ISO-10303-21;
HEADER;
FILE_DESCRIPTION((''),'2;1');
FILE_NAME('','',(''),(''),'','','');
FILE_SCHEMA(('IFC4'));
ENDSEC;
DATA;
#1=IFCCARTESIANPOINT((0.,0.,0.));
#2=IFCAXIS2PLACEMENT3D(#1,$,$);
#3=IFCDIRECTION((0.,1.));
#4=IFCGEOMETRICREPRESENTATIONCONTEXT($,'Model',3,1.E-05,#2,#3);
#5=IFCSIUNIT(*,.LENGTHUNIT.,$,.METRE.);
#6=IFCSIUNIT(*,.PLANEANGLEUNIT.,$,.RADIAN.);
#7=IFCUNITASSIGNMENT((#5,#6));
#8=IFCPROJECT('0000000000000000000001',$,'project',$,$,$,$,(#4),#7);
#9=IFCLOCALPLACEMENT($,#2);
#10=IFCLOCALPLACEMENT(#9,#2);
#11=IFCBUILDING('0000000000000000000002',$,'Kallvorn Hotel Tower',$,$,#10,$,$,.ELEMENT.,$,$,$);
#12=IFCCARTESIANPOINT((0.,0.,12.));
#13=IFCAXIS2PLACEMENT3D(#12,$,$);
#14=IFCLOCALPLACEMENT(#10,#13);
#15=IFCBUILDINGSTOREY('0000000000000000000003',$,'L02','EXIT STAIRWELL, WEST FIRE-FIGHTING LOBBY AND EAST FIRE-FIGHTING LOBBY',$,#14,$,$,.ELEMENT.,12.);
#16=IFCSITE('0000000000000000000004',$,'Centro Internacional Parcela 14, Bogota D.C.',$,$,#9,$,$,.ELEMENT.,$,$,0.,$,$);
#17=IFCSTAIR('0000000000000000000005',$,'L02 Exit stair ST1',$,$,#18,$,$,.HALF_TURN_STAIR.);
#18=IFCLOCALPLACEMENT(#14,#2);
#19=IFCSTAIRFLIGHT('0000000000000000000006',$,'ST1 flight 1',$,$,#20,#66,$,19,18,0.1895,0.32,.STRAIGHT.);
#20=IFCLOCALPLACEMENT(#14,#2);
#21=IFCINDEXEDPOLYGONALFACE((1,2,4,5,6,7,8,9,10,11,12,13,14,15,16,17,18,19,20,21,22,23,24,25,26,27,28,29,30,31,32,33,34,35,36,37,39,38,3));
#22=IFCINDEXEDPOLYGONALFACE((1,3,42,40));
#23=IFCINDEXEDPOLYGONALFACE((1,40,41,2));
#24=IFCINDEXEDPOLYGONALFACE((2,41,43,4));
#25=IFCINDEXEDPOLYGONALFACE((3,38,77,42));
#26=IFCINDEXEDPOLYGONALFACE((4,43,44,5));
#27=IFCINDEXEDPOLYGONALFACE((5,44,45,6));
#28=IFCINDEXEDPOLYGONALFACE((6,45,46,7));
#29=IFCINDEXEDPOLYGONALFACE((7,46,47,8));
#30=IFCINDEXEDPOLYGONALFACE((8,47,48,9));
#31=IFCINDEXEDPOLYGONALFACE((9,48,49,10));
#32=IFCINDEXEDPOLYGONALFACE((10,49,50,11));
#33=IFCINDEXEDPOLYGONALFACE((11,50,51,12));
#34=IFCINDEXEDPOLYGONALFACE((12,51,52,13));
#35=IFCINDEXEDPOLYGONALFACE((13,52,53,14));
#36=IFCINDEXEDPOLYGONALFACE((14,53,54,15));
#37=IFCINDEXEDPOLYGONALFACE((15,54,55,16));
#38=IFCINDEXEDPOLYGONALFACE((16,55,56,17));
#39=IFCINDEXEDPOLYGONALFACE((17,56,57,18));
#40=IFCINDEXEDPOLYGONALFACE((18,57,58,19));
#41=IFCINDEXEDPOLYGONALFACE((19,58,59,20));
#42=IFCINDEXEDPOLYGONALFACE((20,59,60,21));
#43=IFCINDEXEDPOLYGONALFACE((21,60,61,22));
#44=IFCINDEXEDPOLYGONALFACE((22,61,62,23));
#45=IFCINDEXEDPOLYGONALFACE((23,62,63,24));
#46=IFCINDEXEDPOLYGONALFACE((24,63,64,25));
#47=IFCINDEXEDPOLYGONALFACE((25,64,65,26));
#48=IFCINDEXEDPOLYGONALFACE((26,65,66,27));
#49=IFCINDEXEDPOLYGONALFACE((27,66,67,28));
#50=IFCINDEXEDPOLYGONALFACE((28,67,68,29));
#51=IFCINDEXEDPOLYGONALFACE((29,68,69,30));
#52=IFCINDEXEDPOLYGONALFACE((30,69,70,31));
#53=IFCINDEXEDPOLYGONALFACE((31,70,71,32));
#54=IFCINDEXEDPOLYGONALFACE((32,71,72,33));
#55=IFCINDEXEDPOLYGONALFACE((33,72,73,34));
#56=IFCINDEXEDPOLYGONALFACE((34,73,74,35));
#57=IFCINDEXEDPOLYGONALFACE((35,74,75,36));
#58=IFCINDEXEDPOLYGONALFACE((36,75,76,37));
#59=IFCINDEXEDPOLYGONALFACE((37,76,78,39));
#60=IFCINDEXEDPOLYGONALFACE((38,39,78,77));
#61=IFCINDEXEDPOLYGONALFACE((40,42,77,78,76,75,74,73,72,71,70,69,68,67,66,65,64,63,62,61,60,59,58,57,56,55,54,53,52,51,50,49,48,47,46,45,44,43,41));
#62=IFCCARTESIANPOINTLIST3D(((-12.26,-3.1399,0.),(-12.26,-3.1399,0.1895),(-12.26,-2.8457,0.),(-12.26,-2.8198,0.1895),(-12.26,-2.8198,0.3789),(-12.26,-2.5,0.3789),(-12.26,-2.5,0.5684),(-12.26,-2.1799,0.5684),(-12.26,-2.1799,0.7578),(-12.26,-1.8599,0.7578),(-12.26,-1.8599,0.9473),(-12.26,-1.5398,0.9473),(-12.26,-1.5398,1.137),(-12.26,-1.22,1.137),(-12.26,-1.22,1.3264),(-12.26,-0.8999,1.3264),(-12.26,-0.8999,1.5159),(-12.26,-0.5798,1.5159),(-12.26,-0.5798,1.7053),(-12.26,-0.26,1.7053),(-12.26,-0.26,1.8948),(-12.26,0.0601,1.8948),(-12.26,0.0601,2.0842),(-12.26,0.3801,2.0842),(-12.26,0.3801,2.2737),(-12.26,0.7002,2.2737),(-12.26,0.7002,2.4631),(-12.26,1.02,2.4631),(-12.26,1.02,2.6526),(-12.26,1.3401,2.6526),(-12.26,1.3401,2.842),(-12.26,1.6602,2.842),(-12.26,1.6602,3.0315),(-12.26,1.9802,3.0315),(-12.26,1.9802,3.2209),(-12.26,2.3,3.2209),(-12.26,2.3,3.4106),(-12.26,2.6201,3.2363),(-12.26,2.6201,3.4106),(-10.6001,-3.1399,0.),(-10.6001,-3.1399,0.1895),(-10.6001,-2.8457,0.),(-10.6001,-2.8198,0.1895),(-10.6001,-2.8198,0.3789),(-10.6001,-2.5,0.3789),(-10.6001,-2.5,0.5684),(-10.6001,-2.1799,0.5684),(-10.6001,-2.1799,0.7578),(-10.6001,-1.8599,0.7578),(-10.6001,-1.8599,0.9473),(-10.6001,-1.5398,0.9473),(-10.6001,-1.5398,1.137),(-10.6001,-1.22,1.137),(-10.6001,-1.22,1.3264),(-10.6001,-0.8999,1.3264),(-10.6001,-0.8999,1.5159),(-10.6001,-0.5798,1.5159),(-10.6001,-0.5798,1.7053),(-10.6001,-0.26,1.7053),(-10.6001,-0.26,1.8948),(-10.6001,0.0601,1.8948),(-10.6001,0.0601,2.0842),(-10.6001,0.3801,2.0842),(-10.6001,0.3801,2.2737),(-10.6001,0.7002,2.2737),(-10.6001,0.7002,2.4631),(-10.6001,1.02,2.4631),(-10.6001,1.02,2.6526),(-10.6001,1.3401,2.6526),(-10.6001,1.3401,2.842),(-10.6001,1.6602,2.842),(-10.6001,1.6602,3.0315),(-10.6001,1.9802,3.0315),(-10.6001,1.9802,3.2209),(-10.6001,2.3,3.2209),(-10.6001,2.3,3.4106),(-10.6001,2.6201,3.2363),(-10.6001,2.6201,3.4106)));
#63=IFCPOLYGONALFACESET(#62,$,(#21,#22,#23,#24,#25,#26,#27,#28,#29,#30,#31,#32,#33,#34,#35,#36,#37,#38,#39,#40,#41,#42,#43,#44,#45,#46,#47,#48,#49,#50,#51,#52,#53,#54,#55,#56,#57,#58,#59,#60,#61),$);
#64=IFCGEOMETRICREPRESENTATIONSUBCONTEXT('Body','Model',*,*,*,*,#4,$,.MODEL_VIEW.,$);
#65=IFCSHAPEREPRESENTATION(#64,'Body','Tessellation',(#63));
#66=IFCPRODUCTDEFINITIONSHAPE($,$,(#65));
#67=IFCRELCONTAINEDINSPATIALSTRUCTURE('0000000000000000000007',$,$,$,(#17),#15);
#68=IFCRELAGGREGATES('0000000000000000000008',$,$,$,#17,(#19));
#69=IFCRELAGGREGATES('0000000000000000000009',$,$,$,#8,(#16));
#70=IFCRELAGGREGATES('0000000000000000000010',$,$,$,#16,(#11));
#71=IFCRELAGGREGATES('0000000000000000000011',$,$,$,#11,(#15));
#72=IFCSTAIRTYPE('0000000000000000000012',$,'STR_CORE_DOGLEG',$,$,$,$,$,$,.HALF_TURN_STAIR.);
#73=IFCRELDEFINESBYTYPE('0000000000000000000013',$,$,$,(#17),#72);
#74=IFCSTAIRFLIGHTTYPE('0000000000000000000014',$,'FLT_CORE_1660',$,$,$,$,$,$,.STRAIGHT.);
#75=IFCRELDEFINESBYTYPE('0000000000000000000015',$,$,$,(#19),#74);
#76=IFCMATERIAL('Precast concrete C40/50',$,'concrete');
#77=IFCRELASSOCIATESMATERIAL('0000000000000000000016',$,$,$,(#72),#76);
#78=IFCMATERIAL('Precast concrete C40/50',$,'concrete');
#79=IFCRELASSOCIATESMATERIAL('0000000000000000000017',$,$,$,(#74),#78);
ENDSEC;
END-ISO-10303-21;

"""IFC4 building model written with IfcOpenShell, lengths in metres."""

from ifc_helpers import new_model, si_unit, direction, frame, origin, place, context, subcontext, project, spatial, polyline, outline, extrude, material, type_object, element, aggregate, save


model = new_model("IFC4")

# Units and contexts
model_context = context("Model", 3, precision=1e-05, world=origin(), true_north=direction((0.0, 1.0)))
body_context = subcontext(model_context, "Body", "Model", "MODEL_VIEW")
ifc_project = project(units=[si_unit("LENGTHUNIT", "METRE"), si_unit("PLANEANGLEUNIT", "RADIAN")], contexts=[model_context])

# Site, building, storey
site_placement = place(None, origin())
site = spatial("IfcSite", under=ifc_project, at=site_placement, Name="Centro Internacional Parcela 14, Bogota D.C.", CompositionType="ELEMENT", RefElevation=0.0)
building_placement = place(site_placement, origin())
building = spatial("IfcBuilding", under=site, at=building_placement, Name="Kallvorn Hotel Tower", CompositionType="ELEMENT")
storey_placement = place(building_placement, frame((0.0, 0.0, 12.0)))
storey = spatial("IfcBuildingStorey", under=building, at=storey_placement, Name="L02", Description="EXIT STAIRWELL, WEST FIRE-FIGHTING LOBBY AND EAST FIRE-FIGHTING LOBBY", CompositionType="ELEMENT", Elevation=12.0)

# Stair, stair flight
ifc_material_1 = material(Name="Precast concrete C40/50", Category="concrete")
stair_type = type_object("IfcStairType", Name="STR_CORE_DOGLEG", PredefinedType="HALF_TURN_STAIR", material=ifc_material_1)
stair_placement = place(storey_placement, origin())
stair = element("IfcStair", 1, at=stair_placement, inside=storey, type_object=stair_type, Name="L02 Exit stair ST1", PredefinedType="HALF_TURN_STAIR")
ifc_material_2 = material(Name="Precast concrete C40/50", Category="concrete")
stair_flight_type = type_object("IfcStairFlightType", Name="FLT_CORE_1660", PredefinedType="STRAIGHT", material=ifc_material_2)
stair_flight_placement = place(storey_placement, frame((-11.4299, -3.1399, 0.0), z_axis=(0.0, 0.0, 1.0), x_axis=(0.0, 1.0, 0.0)))
stair_flight = element("IfcStairFlight", 2, at=stair_flight_placement, type_object=stair_flight_type, Name="ST1 flight 1", NumberOfRisers=19, NumberOfTreads=18, PredefinedType="STRAIGHT", RiserHeight=0.1895, TreadLength=0.32, context=body_context, shape_type="SweptSolid", body=[
    extrude(outline(polyline([(0.0, 0.0), (0.0, 0.1895), (0.3201, 0.1895), (0.3201, 0.3789), (0.6399, 0.3789), (0.6399, 0.5684), (0.96, 0.5684), (0.96, 0.7578), (1.28, 0.7578), (1.28, 0.9473), (1.6001, 0.9473), (1.6001, 1.137), (1.9199, 1.137), (1.9199, 1.3264), (2.24, 1.3264), (2.24, 1.5159), (2.5601, 1.5159), (2.5601, 1.7053), (2.8799, 1.7053), (2.8799, 1.8948), (3.2, 1.8948), (3.2, 2.0842), (3.52, 2.0842), (3.52, 2.2737), (3.8401, 2.2737), (3.8401, 2.4631), (4.1599, 2.4631), (4.1599, 2.6526), (4.48, 2.6526), (4.48, 2.842), (4.8, 2.842), (4.8, 3.0315), (5.1201, 3.0315), (5.1201, 3.2209), (5.4399, 3.2209), (5.4399, 3.4106), (5.76, 3.4106), (5.76, 3.6001), (5.76, 3.2363), (0.2942, 0.0), (0.0, 0.0)])), frame((0.0, 0.8301, 0.0), z_axis=(0.0, -1.0, 0.0), x_axis=(1.0, 0.0, 0.0)), (0.0, 0.0, 1.0), 1.6599),
])
aggregate(stair, [stair_flight])

save(model, "model.ifc")
